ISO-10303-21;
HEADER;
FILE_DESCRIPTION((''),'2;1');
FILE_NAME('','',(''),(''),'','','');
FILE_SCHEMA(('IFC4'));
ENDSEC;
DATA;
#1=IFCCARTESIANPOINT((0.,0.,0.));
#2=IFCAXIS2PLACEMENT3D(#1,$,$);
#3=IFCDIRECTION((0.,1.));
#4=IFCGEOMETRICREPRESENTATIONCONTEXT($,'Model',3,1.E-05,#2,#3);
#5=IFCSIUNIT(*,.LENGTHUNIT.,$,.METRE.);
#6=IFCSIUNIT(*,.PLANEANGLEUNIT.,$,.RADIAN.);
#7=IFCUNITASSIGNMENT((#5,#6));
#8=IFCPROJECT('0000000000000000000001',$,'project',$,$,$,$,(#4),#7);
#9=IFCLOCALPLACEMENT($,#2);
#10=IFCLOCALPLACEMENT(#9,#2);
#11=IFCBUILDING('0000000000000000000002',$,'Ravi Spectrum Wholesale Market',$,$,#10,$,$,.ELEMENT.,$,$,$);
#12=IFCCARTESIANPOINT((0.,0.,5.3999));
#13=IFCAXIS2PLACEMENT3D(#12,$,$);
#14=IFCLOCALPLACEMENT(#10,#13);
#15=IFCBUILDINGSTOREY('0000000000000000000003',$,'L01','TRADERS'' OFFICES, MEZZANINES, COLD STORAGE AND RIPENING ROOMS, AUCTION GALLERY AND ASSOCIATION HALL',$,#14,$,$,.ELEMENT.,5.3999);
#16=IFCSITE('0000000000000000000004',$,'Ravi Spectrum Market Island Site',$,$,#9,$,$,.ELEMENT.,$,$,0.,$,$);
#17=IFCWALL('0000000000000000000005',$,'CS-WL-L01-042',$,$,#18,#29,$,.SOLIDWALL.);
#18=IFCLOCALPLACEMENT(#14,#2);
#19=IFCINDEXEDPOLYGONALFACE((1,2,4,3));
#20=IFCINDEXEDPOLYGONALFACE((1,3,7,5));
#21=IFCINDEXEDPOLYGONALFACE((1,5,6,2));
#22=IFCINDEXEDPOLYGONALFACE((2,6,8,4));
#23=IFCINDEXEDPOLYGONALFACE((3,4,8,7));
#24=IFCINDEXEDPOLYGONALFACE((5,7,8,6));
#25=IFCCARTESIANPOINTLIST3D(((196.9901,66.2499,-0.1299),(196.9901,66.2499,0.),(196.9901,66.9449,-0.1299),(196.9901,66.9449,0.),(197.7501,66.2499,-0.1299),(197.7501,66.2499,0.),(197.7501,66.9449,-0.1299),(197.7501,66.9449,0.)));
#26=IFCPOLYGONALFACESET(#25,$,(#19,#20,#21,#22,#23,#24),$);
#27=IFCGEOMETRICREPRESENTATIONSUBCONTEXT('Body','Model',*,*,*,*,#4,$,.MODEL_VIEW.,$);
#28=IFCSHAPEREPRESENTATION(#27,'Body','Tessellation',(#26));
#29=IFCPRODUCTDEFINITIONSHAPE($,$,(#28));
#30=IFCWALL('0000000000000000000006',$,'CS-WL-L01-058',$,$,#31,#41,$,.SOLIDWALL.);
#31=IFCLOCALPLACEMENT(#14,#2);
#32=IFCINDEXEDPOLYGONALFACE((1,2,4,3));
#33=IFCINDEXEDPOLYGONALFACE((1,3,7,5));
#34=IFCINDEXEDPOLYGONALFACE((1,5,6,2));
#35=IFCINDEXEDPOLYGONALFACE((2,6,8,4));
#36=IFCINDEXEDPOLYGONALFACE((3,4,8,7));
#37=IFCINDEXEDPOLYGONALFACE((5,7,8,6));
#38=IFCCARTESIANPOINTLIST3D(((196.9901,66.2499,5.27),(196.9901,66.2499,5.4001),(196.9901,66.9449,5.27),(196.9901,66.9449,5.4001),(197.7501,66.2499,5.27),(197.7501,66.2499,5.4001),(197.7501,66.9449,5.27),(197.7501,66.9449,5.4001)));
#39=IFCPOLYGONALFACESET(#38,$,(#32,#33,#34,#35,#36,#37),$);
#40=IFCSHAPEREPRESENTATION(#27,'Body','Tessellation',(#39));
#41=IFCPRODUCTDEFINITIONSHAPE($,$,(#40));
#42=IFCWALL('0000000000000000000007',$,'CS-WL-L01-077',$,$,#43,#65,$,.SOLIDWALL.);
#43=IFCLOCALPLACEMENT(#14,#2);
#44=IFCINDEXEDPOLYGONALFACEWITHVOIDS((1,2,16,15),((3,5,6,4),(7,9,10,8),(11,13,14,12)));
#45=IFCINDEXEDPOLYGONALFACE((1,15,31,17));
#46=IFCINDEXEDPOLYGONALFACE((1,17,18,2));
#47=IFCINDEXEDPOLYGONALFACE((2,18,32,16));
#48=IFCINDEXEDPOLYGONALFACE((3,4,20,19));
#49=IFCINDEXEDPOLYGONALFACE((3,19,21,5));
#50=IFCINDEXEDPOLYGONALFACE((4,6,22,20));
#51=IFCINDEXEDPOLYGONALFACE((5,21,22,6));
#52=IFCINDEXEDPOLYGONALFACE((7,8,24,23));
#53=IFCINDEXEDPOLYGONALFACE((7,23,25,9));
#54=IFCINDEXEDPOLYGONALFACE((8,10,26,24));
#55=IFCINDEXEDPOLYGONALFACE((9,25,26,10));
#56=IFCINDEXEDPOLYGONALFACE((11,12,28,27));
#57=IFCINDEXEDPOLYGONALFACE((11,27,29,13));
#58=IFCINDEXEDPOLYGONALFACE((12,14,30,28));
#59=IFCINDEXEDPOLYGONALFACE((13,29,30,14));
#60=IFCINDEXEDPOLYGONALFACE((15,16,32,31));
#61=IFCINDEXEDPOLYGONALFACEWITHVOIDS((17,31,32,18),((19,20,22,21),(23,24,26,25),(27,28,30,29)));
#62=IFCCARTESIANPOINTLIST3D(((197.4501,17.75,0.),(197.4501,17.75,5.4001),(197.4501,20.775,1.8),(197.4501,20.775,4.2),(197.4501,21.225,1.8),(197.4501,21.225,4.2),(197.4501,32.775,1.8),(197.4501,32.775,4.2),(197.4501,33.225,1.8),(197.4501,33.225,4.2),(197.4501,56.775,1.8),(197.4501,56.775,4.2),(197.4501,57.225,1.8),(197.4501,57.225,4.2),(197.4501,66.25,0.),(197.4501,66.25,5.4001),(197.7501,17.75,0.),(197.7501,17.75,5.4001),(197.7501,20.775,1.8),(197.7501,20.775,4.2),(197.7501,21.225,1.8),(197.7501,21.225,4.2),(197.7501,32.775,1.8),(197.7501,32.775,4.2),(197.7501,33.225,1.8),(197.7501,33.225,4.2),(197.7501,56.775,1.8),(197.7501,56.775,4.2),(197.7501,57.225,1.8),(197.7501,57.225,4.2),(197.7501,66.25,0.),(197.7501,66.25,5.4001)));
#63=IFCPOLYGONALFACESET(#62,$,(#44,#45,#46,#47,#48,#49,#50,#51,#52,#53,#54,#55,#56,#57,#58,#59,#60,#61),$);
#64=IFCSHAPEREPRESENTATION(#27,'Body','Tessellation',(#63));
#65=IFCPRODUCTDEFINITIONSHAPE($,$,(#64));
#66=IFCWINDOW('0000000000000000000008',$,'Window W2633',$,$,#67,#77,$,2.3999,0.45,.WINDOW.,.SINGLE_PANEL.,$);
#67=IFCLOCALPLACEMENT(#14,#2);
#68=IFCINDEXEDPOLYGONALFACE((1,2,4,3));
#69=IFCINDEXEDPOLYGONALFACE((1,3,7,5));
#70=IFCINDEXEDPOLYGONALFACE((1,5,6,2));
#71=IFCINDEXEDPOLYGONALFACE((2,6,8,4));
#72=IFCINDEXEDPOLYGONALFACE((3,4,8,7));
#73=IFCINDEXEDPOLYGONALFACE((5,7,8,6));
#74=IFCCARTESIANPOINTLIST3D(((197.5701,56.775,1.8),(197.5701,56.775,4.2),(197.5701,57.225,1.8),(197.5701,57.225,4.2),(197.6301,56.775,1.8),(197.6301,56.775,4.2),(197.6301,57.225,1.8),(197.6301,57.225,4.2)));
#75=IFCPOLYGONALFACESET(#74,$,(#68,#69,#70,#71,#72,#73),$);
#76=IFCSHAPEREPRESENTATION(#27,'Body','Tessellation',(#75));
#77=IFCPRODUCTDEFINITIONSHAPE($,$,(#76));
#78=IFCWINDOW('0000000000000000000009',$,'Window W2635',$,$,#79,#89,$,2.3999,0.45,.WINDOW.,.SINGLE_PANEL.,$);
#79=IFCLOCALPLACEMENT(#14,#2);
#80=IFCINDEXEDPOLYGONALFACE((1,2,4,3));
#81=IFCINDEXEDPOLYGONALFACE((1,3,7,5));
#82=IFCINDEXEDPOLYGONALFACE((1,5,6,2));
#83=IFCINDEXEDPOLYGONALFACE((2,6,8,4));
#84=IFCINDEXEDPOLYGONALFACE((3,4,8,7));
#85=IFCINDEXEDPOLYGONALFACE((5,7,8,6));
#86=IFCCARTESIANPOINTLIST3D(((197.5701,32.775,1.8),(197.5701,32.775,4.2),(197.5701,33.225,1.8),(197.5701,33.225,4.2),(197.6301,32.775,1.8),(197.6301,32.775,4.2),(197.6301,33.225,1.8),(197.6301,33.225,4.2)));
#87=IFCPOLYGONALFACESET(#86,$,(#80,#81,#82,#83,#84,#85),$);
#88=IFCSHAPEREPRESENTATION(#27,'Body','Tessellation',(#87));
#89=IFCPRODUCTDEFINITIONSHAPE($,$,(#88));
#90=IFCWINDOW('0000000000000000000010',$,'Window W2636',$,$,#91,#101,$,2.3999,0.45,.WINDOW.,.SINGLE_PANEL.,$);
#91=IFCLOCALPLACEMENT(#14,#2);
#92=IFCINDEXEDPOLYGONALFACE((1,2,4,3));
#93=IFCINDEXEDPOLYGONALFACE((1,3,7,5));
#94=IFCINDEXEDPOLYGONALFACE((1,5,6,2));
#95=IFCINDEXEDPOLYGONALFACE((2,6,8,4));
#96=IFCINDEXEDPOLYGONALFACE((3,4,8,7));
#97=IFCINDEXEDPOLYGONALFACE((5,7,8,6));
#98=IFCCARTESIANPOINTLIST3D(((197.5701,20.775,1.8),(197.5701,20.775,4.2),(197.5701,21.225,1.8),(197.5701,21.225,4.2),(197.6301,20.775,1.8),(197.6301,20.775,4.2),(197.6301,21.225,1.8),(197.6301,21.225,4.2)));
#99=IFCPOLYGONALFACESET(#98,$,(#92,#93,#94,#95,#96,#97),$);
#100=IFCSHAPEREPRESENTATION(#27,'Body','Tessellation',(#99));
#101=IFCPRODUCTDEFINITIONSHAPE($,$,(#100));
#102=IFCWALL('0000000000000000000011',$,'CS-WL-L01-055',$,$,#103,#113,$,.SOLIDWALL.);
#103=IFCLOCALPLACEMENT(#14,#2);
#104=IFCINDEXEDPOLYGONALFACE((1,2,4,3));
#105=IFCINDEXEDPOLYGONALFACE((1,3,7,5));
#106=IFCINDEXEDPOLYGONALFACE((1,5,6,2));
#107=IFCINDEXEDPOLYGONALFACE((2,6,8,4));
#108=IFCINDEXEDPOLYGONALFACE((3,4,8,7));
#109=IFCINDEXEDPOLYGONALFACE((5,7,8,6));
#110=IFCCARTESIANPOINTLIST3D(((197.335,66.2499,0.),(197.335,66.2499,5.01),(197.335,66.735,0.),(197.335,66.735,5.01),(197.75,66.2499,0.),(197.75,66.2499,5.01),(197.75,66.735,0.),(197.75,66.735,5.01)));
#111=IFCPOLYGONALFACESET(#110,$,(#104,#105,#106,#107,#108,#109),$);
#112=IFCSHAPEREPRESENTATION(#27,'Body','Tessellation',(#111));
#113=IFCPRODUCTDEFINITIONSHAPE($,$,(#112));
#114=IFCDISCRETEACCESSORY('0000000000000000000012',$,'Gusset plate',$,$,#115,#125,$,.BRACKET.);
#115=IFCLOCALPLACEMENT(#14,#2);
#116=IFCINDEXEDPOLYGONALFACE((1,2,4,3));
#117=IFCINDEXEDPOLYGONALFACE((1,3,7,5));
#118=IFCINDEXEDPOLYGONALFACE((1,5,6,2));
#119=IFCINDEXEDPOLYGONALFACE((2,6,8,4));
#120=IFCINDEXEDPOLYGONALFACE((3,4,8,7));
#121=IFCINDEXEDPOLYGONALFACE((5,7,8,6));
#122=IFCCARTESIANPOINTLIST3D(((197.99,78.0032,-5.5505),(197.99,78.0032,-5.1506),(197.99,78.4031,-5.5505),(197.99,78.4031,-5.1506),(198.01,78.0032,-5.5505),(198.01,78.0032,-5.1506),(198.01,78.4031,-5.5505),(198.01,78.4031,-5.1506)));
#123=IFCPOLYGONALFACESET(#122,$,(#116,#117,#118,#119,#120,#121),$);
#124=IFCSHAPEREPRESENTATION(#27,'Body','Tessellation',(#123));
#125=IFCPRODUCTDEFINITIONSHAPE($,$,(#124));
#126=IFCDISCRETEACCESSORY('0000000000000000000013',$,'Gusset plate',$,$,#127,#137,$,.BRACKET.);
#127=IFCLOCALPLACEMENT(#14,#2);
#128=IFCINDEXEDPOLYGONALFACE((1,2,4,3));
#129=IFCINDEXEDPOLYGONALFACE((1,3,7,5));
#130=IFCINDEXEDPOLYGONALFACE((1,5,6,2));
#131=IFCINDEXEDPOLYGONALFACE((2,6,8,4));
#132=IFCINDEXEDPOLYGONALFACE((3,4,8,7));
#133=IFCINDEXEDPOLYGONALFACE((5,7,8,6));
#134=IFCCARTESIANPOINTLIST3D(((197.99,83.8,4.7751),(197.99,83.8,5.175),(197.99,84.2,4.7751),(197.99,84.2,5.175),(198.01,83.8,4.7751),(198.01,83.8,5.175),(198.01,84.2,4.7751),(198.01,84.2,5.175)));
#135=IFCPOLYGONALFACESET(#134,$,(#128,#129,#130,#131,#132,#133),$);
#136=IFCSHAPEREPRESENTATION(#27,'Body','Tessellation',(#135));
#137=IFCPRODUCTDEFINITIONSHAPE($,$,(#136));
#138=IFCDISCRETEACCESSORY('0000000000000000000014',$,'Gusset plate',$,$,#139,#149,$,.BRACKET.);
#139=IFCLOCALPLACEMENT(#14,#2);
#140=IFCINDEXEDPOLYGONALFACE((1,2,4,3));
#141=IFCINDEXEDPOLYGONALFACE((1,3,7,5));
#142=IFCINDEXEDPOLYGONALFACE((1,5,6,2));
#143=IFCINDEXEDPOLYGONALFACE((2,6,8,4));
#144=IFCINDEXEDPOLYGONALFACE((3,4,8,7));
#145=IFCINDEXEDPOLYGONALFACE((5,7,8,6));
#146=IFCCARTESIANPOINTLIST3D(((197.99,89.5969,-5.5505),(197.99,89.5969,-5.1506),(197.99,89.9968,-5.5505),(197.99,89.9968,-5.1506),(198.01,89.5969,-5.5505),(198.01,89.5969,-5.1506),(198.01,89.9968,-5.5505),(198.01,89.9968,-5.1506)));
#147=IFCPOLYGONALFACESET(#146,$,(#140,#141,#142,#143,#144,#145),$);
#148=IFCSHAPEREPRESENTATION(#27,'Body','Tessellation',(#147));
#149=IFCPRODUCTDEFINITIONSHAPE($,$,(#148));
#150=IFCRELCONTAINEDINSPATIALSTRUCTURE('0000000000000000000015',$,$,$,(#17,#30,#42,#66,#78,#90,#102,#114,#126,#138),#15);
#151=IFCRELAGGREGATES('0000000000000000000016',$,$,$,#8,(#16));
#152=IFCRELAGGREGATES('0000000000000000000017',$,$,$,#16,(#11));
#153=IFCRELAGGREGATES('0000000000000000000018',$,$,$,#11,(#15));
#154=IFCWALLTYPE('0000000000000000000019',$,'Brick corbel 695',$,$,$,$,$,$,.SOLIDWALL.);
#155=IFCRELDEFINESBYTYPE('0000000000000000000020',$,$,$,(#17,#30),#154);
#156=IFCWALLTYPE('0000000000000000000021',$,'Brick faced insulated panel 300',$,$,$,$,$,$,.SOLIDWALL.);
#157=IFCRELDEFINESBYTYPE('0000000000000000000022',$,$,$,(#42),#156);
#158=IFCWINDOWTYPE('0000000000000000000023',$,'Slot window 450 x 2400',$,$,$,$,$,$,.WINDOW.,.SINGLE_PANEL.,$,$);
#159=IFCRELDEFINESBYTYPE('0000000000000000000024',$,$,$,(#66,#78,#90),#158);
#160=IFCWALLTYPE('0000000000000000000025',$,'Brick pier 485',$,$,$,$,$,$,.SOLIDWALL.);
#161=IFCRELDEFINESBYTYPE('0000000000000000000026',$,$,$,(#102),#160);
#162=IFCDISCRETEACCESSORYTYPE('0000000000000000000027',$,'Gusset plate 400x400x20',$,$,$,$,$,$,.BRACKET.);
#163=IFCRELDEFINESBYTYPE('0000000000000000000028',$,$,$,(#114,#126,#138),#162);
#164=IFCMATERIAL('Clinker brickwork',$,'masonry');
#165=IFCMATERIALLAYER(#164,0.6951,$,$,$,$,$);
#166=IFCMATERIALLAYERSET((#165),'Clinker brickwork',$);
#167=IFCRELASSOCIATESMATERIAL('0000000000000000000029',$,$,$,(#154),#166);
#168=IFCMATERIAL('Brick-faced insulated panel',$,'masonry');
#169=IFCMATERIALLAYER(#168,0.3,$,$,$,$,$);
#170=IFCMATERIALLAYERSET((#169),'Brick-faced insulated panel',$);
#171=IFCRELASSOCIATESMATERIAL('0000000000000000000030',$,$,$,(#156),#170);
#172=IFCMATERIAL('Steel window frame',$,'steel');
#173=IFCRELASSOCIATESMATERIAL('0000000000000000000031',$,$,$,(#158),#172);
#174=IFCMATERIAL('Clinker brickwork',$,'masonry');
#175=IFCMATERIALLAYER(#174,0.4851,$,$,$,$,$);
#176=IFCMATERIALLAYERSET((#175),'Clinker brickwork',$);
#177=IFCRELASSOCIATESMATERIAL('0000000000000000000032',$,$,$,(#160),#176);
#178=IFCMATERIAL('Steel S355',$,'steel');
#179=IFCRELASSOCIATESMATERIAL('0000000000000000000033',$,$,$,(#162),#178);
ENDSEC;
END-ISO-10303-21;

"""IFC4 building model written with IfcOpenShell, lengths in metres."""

from ifc_helpers import new_model, si_unit, direction, frame, frame_2d, origin, origin_2d, place, context, subcontext, project, spatial, rectangle, extrude, material, layer, layer_set, material_profile, profile_set, type_object, element, fill, save


model = new_model("IFC4")

# Units and contexts
model_context = context("Model", 3, precision=1e-05, world=origin(), true_north=direction((0.0, 1.0)))
body_context = subcontext(model_context, "Body", "Model", "MODEL_VIEW")
ifc_project = project(units=[si_unit("LENGTHUNIT", "METRE"), si_unit("PLANEANGLEUNIT", "RADIAN")], contexts=[model_context])

# Site, building, storey
site_placement = place(None, origin())
site = spatial("IfcSite", under=ifc_project, at=site_placement, Name="Ravi Spectrum Market Island Site", CompositionType="ELEMENT", RefElevation=0.0)
building_placement = place(site_placement, origin())
building = spatial("IfcBuilding", under=site, at=building_placement, Name="Ravi Spectrum Wholesale Market", CompositionType="ELEMENT")
storey_placement = place(building_placement, frame((0.0, 0.0, 5.3999)))
storey = spatial("IfcBuildingStorey", under=building, at=storey_placement, Name="L01", Description="TRADERS' OFFICES, MEZZANINES, COLD STORAGE AND RIPENING ROOMS, AUCTION GALLERY AND ASSOCIATION HALL", CompositionType="ELEMENT", Elevation=5.3999)

# Walls
ifc_material_1 = material(Name="Clinker brickwork", Category="masonry")
ifc_layer_1 = layer(ifc_material_1, 0.6951)
ifc_layer_set_1 = layer_set([ifc_layer_1], Name="Clinker brickwork")
wall_type_1 = type_object("IfcWallType", Name="Brick corbel 695", PredefinedType="SOLIDWALL", material=ifc_layer_set_1)
wall_1_placement = place(storey_placement, frame((197.75, 66.5974, -0.1299), z_axis=(0.0, 0.0, 1.0), x_axis=(-1.0, 0.0, 0.0)))
element("IfcWall", 1, at=wall_1_placement, inside=storey, type_object=wall_type_1, Name="CS-WL-L01-042", PredefinedType="SOLIDWALL", context=body_context, shape_type="SweptSolid", body=[
    extrude(rectangle(XDim=0.76, YDim=0.6951, at=frame_2d((0.3799, 0.0))), origin(), (0.0, 0.0, 1.0), 0.1299),
])
wall_2_placement = place(storey_placement, frame((197.75, 66.5974, 5.27), z_axis=(0.0, 0.0, 1.0), x_axis=(-1.0, 0.0, 0.0)))
element("IfcWall", 2, at=wall_2_placement, inside=storey, type_object=wall_type_1, Name="CS-WL-L01-058", PredefinedType="SOLIDWALL", context=body_context, shape_type="SweptSolid", body=[
    extrude(rectangle(XDim=0.76, YDim=0.6951, at=frame_2d((0.3799, 0.0))), origin(), (0.0, 0.0, 1.0), 0.1301),
])

# Wall, openings, windows
ifc_material_2 = material(Name="Brick-faced insulated panel", Category="masonry")
ifc_layer_2 = layer(ifc_material_2, 0.3)
ifc_layer_set_2 = layer_set([ifc_layer_2], Name="Brick-faced insulated panel")
wall_type_2 = type_object("IfcWallType", Name="Brick faced insulated panel 300", PredefinedType="SOLIDWALL", material=ifc_layer_set_2)
wall_3_placement = place(storey_placement, frame((197.6001, 66.25, 0.0), z_axis=(0.0, 0.0, 1.0), x_axis=(0.0, -1.0, 0.0)))
wall_3 = element("IfcWall", 3, at=wall_3_placement, inside=storey, type_object=wall_type_2, Name="CS-WL-L01-077", PredefinedType="SOLIDWALL", context=body_context, shape_type="SweptSolid", body=[
    extrude(rectangle(XDim=48.5, YDim=0.3, at=frame_2d((24.25, 0.0))), origin(), (0.0, 0.0, 1.0), 5.4001),
])
opening_1_placement = place(wall_3_placement, frame((9.0249, 0.0, 1.8)))
opening_1 = element("IfcOpeningElement", 4, at=opening_1_placement, cuts=wall_3, PredefinedType="OPENING", context=body_context, shape_type="SweptSolid", body=[
    extrude(rectangle(XDim=0.45, YDim=2.3999, at=frame_2d((0.2251, 1.2))), frame((0.0, 0.1599, 0.0), z_axis=(0.0, -1.0, 0.0), x_axis=(1.0, 0.0, 0.0)), (0.0, 0.0, 1.0), 0.3201),
])
opening_2_placement = place(wall_3_placement, frame((33.0249, 0.0, 1.8)))
opening_2 = element("IfcOpeningElement", 5, at=opening_2_placement, cuts=wall_3, PredefinedType="OPENING", context=body_context, shape_type="SweptSolid", body=[
    extrude(rectangle(XDim=0.45, YDim=2.3999, at=frame_2d((0.2251, 1.2))), frame((0.0, 0.1599, 0.0), z_axis=(0.0, -1.0, 0.0), x_axis=(1.0, 0.0, 0.0)), (0.0, 0.0, 1.0), 0.3201),
])
opening_3_placement = place(wall_3_placement, frame((45.0249, 0.0, 1.8)))
opening_3 = element("IfcOpeningElement", 6, at=opening_3_placement, cuts=wall_3, PredefinedType="OPENING", context=body_context, shape_type="SweptSolid", body=[
    extrude(rectangle(XDim=0.45, YDim=2.3999, at=frame_2d((0.2251, 1.2))), frame((0.0, 0.1599, 0.0), z_axis=(0.0, -1.0, 0.0), x_axis=(1.0, 0.0, 0.0)), (0.0, 0.0, 1.0), 0.3201),
])
ifc_material_3 = material(Name="Steel window frame", Category="steel")
window_type = type_object("IfcWindowType", Name="Slot window 450 x 2400", PartitioningType="SINGLE_PANEL", PredefinedType="WINDOW", material=ifc_material_3)
window_1_placement = place(opening_1_placement, origin())
window_1 = element("IfcWindow", 7, at=window_1_placement, inside=storey, type_object=window_type, Name="Window W2633", OverallHeight=2.3999, OverallWidth=0.45, PartitioningType="SINGLE_PANEL", PredefinedType="WINDOW", context=body_context, shape_type="SweptSolid", body=[
    extrude(rectangle(XDim=0.45, YDim=2.3999, at=frame_2d((0.2251, 1.2))), frame((0.0, 0.03, 0.0), z_axis=(0.0, -1.0, 0.0), x_axis=(1.0, 0.0, 0.0)), (0.0, 0.0, 1.0), 0.0601),
])
fill(opening_1, window_1)
window_2_placement = place(opening_2_placement, origin())
window_2 = element("IfcWindow", 8, at=window_2_placement, inside=storey, type_object=window_type, Name="Window W2635", OverallHeight=2.3999, OverallWidth=0.45, PartitioningType="SINGLE_PANEL", PredefinedType="WINDOW", context=body_context, shape_type="SweptSolid", body=[
    extrude(rectangle(XDim=0.45, YDim=2.3999, at=frame_2d((0.2251, 1.2))), frame((0.0, 0.03, 0.0), z_axis=(0.0, -1.0, 0.0), x_axis=(1.0, 0.0, 0.0)), (0.0, 0.0, 1.0), 0.0601),
])
fill(opening_2, window_2)
window_3_placement = place(opening_3_placement, origin())
window_3 = element("IfcWindow", 9, at=window_3_placement, inside=storey, type_object=window_type, Name="Window W2636", OverallHeight=2.3999, OverallWidth=0.45, PartitioningType="SINGLE_PANEL", PredefinedType="WINDOW", context=body_context, shape_type="SweptSolid", body=[
    extrude(rectangle(XDim=0.45, YDim=2.3999, at=frame_2d((0.2251, 1.2))), frame((0.0, 0.03, 0.0), z_axis=(0.0, -1.0, 0.0), x_axis=(1.0, 0.0, 0.0)), (0.0, 0.0, 1.0), 0.0601),
])
fill(opening_3, window_3)

# Wall
ifc_material_4 = material(Name="Clinker brickwork", Category="masonry")
ifc_layer_3 = layer(ifc_material_4, 0.4851)
ifc_layer_set_3 = layer_set([ifc_layer_3], Name="Clinker brickwork")
wall_type_3 = type_object("IfcWallType", Name="Brick pier 485", PredefinedType="SOLIDWALL", material=ifc_layer_set_3)
wall_4_placement = place(storey_placement, frame((197.75, 66.4924, 0.0), z_axis=(0.0, 0.0, 1.0), x_axis=(-1.0, 0.0, 0.0)))
element("IfcWall", 10, at=wall_4_placement, inside=storey, type_object=wall_type_3, Name="CS-WL-L01-055", PredefinedType="SOLIDWALL", context=body_context, shape_type="SweptSolid", body=[
    extrude(rectangle(XDim=0.415, YDim=0.4851, at=frame_2d((0.2075, 0.0))), origin(), (0.0, 0.0, 1.0), 5.01),
])

# Discrete accessories
ifc_material_5 = material(Name="Steel S355", Category="steel")
ifc_material_profile_1 = material_profile(ifc_material_5, rectangle(XDim=0.3999, YDim=0.02, at=origin_2d()))
ifc_profile_set_1 = profile_set([ifc_material_profile_1], Name="Steel S355")
discrete_accessory_type = type_object("IfcDiscreteAccessoryType", Name="Gusset plate 400x400x20", PredefinedType="BRACKET", material=ifc_profile_set_1)
for number, where, z_axis, x_axis, name in (
    (11, (198.0, 78.2031, -5.5505), (0.0, 0.0, 1.0), (0.0, 1.0, 0.0), "Gusset plate"),
    (12, (198.0, 84.0, 4.7751), (0.0, 0.0, 1.0), (0.0, 1.0, 0.0), "Gusset plate"),
    (13, (198.0, 89.7969, -5.5505), (0.0, 0.0, 1.0), (0.0, -1.0, 0.0), "Gusset plate"),
):
    element("IfcDiscreteAccessory", number, at=place(storey_placement, frame(where, z_axis=z_axis, x_axis=x_axis)), inside=storey, type_object=discrete_accessory_type, Name=name, PredefinedType="BRACKET", context=body_context, shape_type="SweptSolid", body=[
        extrude(rectangle(XDim=0.3999, YDim=0.02, at=origin_2d()), origin(), (0.0, 0.0, 1.0), 0.3999),
    ])

save(model, "model.ifc")
